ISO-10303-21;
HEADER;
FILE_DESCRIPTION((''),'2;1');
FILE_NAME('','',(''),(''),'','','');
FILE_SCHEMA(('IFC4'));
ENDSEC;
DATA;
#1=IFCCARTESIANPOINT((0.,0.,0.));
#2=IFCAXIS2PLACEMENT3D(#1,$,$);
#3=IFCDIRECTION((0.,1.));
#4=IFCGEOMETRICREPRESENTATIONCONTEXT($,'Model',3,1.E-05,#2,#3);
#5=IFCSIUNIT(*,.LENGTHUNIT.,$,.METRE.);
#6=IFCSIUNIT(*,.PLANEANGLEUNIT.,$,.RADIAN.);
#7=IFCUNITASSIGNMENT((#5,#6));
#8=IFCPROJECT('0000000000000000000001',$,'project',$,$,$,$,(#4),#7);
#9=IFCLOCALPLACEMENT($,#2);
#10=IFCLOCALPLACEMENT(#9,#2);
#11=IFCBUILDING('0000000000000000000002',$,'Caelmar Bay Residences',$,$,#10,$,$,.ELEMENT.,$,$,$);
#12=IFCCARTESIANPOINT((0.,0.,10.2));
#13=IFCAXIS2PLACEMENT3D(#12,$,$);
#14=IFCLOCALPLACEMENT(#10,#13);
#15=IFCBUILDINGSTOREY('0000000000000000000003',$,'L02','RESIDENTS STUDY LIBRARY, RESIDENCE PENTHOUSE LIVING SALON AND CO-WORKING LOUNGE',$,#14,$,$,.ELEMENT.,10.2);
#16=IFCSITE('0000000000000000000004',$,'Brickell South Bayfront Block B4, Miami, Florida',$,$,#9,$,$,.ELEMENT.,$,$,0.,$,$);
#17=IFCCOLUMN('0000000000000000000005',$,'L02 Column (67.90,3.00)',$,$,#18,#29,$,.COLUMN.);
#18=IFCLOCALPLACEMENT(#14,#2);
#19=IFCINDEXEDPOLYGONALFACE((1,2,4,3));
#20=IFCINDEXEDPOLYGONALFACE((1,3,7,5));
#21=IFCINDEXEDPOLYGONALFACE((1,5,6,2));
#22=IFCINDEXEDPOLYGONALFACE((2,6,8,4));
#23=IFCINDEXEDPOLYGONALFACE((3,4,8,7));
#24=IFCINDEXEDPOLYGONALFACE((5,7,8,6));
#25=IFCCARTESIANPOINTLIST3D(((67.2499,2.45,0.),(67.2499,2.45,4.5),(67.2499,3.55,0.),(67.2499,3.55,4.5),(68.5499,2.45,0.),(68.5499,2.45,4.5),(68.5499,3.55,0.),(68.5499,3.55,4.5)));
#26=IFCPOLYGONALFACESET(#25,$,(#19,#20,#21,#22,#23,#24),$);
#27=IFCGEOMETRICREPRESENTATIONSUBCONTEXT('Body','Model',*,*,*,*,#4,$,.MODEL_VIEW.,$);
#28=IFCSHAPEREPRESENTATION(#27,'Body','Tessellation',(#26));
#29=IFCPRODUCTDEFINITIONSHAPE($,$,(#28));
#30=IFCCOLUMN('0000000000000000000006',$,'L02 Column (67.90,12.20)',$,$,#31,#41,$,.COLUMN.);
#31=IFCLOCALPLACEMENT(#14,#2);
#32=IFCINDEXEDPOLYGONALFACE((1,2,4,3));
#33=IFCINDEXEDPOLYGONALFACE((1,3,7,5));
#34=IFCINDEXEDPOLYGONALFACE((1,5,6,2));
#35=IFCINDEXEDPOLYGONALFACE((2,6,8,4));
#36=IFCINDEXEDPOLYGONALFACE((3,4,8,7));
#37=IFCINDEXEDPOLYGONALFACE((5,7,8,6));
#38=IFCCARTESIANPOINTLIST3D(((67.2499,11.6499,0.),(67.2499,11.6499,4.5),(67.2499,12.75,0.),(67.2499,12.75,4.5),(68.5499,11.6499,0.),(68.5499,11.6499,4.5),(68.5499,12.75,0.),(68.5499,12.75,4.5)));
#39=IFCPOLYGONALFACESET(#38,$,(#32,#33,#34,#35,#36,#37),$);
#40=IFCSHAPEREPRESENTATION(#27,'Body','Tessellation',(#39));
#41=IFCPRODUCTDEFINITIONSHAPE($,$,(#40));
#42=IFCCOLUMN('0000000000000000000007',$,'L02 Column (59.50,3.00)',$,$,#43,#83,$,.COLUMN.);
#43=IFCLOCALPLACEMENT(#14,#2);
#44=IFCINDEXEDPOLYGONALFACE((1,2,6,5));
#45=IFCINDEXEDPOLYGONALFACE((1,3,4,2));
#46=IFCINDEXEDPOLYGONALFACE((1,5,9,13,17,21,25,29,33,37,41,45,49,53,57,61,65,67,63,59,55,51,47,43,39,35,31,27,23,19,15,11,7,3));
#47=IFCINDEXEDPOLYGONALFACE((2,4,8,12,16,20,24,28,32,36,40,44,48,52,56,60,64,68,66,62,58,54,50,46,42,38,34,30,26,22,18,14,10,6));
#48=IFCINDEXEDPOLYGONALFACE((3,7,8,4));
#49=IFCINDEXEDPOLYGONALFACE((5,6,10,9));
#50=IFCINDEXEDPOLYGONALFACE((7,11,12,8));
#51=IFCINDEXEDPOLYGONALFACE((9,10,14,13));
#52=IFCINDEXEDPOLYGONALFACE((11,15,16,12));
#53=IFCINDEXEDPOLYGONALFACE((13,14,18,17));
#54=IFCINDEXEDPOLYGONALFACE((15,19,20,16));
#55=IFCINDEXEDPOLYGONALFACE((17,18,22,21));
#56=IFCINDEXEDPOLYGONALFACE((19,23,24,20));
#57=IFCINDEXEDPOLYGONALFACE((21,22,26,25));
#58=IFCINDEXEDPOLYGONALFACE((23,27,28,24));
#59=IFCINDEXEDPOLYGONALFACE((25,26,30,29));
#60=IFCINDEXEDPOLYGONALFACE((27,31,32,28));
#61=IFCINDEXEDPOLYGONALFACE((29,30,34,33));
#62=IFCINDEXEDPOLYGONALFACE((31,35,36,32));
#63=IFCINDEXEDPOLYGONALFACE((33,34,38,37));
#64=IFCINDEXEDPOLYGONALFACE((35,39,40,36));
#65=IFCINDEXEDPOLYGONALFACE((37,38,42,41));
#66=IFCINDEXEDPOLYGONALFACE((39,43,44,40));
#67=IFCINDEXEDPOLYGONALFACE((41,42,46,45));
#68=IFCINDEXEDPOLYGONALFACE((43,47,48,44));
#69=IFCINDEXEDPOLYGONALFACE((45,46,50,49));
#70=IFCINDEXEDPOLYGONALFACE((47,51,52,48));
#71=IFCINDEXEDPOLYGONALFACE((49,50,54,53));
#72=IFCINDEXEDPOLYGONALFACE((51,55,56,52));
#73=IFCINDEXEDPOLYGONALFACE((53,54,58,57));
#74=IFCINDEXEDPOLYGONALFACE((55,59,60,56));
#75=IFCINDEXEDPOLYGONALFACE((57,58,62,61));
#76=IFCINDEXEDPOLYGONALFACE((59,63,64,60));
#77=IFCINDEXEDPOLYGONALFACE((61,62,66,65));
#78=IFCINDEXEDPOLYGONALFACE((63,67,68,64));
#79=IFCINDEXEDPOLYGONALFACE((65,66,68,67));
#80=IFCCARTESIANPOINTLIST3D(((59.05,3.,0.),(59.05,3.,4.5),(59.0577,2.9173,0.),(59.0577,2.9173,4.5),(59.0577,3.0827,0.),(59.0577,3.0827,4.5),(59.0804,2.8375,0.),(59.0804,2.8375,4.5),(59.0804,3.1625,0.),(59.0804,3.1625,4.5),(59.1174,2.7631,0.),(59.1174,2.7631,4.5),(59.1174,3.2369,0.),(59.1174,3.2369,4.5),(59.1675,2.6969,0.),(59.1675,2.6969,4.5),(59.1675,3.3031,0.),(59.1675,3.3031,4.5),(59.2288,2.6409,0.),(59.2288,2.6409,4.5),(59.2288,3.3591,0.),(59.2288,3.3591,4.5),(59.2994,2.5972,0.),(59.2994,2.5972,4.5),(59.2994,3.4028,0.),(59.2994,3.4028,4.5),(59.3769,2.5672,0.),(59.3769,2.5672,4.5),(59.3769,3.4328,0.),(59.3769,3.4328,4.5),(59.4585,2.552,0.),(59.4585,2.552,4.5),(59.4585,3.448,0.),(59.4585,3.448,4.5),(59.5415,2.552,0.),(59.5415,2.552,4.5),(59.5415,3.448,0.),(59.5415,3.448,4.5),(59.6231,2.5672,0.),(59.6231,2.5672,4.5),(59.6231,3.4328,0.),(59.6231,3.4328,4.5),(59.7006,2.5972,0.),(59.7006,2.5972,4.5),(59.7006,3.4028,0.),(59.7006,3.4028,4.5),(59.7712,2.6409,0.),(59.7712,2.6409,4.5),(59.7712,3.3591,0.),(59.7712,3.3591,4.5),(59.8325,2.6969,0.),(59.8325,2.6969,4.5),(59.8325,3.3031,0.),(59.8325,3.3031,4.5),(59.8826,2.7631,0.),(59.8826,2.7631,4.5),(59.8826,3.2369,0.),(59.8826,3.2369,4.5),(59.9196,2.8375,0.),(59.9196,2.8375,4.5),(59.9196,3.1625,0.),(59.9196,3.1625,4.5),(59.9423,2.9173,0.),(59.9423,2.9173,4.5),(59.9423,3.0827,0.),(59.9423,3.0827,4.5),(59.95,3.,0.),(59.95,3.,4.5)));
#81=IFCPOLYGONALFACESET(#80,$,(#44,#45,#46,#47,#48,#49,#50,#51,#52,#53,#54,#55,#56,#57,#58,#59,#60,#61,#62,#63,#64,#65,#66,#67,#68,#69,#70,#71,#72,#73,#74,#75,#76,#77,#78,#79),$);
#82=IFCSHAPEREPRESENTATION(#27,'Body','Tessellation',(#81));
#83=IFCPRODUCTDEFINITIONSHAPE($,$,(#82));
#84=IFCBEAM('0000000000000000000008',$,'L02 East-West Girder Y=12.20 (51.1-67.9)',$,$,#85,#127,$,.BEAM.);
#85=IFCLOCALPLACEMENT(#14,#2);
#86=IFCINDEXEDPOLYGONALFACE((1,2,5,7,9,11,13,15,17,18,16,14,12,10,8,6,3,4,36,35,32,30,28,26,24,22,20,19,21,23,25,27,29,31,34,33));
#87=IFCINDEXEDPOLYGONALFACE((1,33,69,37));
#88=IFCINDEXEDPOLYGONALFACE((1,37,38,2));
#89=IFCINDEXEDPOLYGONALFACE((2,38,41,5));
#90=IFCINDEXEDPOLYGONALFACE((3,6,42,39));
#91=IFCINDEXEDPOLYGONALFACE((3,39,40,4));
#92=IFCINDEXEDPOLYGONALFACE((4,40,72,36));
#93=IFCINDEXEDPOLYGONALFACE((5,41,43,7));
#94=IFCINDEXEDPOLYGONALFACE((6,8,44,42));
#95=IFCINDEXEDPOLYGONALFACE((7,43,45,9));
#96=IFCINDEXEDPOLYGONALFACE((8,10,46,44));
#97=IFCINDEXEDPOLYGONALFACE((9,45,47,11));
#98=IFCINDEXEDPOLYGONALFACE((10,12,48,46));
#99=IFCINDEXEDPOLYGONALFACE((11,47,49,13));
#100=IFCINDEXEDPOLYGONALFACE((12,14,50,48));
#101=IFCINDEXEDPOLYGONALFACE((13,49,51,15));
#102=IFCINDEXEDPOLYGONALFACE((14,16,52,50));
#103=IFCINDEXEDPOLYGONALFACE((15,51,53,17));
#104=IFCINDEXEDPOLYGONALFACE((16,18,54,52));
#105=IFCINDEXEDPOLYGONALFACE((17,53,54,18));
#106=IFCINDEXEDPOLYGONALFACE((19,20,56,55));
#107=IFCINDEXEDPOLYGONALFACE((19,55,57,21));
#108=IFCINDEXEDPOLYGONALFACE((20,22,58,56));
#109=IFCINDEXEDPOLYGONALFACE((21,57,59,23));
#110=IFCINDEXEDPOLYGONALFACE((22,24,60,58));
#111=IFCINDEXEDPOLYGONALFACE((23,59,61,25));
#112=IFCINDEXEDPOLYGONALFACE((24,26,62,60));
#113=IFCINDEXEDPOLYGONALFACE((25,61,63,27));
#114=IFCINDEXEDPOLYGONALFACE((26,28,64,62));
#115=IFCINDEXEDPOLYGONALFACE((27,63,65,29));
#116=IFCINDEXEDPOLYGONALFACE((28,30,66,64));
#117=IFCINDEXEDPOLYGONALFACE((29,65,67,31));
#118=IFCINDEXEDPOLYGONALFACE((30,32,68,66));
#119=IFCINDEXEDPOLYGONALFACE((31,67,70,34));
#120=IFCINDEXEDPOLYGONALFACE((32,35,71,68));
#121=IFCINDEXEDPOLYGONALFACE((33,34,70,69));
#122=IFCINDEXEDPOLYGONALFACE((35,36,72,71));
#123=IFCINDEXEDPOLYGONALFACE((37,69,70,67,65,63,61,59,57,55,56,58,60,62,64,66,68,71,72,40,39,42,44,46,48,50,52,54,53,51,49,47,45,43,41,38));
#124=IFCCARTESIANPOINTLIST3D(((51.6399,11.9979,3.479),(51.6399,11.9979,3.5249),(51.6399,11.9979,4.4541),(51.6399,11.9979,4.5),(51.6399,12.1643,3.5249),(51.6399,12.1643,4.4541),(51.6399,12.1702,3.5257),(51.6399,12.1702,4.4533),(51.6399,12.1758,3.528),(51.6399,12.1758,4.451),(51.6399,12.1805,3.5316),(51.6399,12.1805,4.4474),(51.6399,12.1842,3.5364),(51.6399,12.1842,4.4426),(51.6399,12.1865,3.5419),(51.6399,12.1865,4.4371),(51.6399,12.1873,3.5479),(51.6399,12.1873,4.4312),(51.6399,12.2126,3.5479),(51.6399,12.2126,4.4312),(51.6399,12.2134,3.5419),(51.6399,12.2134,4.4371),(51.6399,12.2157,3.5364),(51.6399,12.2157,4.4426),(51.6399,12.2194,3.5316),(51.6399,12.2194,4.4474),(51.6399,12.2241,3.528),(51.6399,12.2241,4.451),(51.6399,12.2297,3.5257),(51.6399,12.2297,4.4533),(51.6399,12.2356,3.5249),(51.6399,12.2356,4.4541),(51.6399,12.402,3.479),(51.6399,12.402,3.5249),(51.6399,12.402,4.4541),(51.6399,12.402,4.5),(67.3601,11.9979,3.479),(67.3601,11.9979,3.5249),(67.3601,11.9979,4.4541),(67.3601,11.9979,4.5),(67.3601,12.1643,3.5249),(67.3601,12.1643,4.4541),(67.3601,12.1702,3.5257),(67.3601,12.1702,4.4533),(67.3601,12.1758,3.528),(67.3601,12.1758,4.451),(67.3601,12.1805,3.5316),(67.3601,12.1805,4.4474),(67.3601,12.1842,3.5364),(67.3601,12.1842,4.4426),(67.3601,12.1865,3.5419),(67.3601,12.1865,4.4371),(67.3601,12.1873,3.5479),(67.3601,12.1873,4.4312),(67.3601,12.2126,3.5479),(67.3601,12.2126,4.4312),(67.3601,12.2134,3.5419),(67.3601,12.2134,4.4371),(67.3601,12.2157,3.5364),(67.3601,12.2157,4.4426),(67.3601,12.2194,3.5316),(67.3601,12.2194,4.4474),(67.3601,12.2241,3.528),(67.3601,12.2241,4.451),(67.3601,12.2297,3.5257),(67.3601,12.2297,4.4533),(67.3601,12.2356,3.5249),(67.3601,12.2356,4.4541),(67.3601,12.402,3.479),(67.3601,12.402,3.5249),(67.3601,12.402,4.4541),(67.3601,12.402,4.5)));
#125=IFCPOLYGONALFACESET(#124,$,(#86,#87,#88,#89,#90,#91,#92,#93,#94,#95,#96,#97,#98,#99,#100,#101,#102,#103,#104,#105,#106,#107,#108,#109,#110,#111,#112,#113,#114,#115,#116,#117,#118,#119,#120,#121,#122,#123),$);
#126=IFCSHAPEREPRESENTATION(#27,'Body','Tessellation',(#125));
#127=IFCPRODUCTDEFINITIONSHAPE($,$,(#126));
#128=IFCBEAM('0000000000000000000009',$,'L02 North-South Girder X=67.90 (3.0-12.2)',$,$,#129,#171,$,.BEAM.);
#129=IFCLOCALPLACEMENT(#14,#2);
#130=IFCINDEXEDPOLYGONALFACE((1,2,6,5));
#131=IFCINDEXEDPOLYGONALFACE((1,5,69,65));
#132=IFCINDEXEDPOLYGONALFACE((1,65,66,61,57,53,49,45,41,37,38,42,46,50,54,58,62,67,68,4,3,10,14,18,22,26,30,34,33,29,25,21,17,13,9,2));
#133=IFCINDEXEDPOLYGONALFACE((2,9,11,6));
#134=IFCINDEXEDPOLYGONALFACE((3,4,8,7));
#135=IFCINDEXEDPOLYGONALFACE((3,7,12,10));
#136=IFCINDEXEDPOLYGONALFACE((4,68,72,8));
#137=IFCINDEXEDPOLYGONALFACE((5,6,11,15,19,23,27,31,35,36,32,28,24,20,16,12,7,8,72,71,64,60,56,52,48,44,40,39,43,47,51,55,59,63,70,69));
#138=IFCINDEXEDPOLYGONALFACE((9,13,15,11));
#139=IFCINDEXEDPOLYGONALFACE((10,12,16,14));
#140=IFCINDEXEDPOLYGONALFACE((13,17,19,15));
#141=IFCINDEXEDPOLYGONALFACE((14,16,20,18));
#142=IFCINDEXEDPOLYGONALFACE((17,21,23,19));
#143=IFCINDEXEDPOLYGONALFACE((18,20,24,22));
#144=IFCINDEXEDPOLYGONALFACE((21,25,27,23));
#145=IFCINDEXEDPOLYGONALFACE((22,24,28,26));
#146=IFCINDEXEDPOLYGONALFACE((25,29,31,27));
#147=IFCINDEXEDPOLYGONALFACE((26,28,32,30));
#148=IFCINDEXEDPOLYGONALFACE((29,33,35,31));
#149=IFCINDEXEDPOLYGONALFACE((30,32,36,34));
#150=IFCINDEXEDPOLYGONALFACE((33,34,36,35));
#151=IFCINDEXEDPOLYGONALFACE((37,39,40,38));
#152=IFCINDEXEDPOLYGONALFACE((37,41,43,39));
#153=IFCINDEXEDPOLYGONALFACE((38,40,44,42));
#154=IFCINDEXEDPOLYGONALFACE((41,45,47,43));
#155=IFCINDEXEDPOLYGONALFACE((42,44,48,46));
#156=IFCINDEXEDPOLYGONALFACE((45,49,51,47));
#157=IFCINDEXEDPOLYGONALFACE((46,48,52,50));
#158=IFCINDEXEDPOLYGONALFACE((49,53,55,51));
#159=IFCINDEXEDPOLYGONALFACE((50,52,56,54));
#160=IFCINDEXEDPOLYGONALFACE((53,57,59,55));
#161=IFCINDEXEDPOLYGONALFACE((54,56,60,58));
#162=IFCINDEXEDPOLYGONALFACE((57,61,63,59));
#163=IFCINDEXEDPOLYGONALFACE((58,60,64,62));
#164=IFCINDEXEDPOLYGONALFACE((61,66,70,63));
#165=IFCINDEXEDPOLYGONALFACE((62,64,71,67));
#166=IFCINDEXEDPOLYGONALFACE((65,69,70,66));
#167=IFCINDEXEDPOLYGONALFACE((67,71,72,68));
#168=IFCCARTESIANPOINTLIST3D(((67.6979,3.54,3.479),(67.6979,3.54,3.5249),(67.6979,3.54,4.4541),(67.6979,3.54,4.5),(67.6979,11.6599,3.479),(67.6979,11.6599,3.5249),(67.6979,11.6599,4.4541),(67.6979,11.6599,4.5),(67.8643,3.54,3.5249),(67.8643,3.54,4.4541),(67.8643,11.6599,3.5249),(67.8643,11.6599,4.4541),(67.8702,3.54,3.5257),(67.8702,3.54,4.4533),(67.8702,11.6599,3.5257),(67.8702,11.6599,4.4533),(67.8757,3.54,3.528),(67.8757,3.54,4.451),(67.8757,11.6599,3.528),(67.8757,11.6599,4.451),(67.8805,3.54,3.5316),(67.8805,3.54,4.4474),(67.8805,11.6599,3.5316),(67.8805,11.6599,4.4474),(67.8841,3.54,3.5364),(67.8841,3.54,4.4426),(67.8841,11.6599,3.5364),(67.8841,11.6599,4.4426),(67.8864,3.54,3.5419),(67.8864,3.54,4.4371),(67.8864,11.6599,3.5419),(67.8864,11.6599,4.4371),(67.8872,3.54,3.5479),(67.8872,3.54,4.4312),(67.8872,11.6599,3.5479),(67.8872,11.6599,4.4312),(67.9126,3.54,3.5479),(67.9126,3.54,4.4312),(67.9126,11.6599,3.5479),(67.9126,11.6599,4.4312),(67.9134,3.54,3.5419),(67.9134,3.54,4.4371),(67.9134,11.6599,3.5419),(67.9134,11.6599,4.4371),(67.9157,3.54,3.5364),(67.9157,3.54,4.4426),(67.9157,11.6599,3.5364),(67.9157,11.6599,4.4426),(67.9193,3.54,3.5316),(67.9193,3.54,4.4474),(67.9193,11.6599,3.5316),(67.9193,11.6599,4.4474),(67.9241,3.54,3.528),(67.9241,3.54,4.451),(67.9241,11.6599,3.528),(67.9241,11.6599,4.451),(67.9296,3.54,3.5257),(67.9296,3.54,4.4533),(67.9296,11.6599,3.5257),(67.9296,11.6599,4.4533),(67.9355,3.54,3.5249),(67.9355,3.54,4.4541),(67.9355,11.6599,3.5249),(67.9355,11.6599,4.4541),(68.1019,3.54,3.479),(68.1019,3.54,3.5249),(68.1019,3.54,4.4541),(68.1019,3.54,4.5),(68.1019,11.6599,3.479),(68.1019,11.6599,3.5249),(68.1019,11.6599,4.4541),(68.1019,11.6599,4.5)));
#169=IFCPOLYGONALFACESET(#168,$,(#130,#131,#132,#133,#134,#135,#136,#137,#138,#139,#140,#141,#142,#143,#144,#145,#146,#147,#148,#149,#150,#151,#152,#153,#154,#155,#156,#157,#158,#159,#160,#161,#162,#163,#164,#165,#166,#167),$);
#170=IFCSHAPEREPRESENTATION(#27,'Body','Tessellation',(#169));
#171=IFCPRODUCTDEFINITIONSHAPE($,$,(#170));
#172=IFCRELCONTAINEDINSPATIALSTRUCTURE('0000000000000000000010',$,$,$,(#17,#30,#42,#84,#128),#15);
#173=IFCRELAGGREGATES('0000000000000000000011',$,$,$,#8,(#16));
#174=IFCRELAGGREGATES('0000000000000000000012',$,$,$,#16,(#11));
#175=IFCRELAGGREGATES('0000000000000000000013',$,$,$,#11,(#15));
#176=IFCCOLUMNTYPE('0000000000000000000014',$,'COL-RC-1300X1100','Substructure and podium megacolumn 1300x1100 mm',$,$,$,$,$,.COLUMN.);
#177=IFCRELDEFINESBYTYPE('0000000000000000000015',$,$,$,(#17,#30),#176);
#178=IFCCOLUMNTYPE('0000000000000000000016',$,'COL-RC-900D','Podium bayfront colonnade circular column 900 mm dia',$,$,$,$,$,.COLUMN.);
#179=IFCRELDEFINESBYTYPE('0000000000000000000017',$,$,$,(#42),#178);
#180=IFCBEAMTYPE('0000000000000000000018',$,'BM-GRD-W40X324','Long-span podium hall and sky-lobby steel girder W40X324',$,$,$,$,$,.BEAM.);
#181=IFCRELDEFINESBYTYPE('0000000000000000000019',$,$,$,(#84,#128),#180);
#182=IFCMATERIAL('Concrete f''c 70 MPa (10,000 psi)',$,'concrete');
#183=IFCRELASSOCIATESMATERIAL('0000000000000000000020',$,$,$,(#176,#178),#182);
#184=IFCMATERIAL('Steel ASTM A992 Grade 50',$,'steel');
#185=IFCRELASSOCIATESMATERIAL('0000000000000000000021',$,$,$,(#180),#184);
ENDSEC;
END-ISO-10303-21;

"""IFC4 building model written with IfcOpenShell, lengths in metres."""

from ifc_helpers import new_model, si_unit, direction, frame, origin, origin_2d, place, context, subcontext, project, spatial, rectangle, circle, i_section, extrude, material, material_profile, profile_set, type_object, element, save


model = new_model("IFC4")

# Units and contexts
model_context = context("Model", 3, precision=1e-05, world=origin(), true_north=direction((0.0, 1.0)))
body_context = subcontext(model_context, "Body", "Model", "MODEL_VIEW")
ifc_project = project(units=[si_unit("LENGTHUNIT", "METRE"), si_unit("PLANEANGLEUNIT", "RADIAN")], contexts=[model_context])

# Site, building, storey
site_placement = place(None, origin())
site = spatial("IfcSite", under=ifc_project, at=site_placement, Name="Brickell South Bayfront Block B4, Miami, Florida", CompositionType="ELEMENT", RefElevation=0.0)
building_placement = place(site_placement, origin())
building = spatial("IfcBuilding", under=site, at=building_placement, Name="Caelmar Bay Residences", CompositionType="ELEMENT")
storey_placement = place(building_placement, frame((0.0, 0.0, 10.2)))
storey = spatial("IfcBuildingStorey", under=building, at=storey_placement, Name="L02", Description="RESIDENTS STUDY LIBRARY, RESIDENCE PENTHOUSE LIVING SALON AND CO-WORKING LOUNGE", CompositionType="ELEMENT", Elevation=10.2)

# Columns
ifc_material_1 = material(Name="Concrete f'c 70 MPa (10,000 psi)", Category="concrete")
ifc_material_profile_1 = material_profile(ifc_material_1, rectangle(XDim=1.3, YDim=1.1001, at=origin_2d()), Name="RC-COL-1300X1100")
ifc_profile_set_1 = profile_set([ifc_material_profile_1], Name="Concrete f'c 70 MPa (10,000 psi)")
column_type_1 = type_object("IfcColumnType", Name="COL-RC-1300X1100", Description="Substructure and podium megacolumn 1300x1100 mm", PredefinedType="COLUMN", material=ifc_profile_set_1)
for number, where, z_axis, x_axis, name in (
    (1, (67.8999, 3.0, 0.0), (0.0, 0.0, 1.0), (1.0, 0.0, 0.0), "L02 Column (67.90,3.00)"),
    (2, (67.8999, 12.2, 0.0), (0.0, 0.0, 1.0), (1.0, 0.0, 0.0), "L02 Column (67.90,12.20)"),
):
    element("IfcColumn", number, at=place(storey_placement, frame(where, z_axis=z_axis, x_axis=x_axis)), inside=storey, type_object=column_type_1, Name=name, PredefinedType="COLUMN", context=body_context, shape_type="SweptSolid", body=[
        extrude(rectangle(XDim=1.3, YDim=1.1001, at=origin_2d()), origin(), (0.0, 0.0, 1.0), 4.5),
    ])
ifc_material_profile_2 = material_profile(ifc_material_1, circle(Radius=0.45, at=origin_2d()), Name="RC-COL-900D")
ifc_profile_set_2 = profile_set([ifc_material_profile_2], Name="Concrete f'c 70 MPa (10,000 psi)")
column_type_2 = type_object("IfcColumnType", Name="COL-RC-900D", Description="Podium bayfront colonnade circular column 900 mm dia", PredefinedType="COLUMN", material=ifc_profile_set_2)
column_placement = place(storey_placement, frame((59.5, 3.0, 0.0), z_axis=(0.0, 0.0, 1.0), x_axis=(1.0, 0.0, 0.0)))
element("IfcColumn", 3, at=column_placement, inside=storey, type_object=column_type_2, Name="L02 Column (59.50,3.00)", PredefinedType="COLUMN", context=body_context, shape_type="SweptSolid", body=[
    extrude(circle(Radius=0.45, at=origin_2d()), origin(), (0.0, 0.0, 1.0), 4.5),
])

# Beams
ifc_material_2 = material(Name="Steel ASTM A992 Grade 50", Category="steel")
ifc_material_profile_3 = material_profile(ifc_material_2, i_section(OverallWidth=0.4041, OverallDepth=1.021, WebThickness=0.0254, FlangeThickness=0.0459, FilletRadius=0.0229, at=origin_2d()), Name="W40X324")
ifc_profile_set_3 = profile_set([ifc_material_profile_3], Name="Steel ASTM A992 Grade 50")
beam_type_1 = type_object("IfcBeamType", Name="BM-GRD-W40X324", Description="Long-span podium hall and sky-lobby steel girder W40X324", PredefinedType="BEAM", material=ifc_profile_set_3)
beam_1_placement = place(storey_placement, frame((51.6399, 12.2, 3.9895), z_axis=(1.0, 0.0, 0.0), x_axis=(0.0, 1.0, 0.0)))
element("IfcBeam", 4, at=beam_1_placement, inside=storey, type_object=beam_type_1, Name="L02 East-West Girder Y=12.20 (51.1-67.9)", PredefinedType="BEAM", context=body_context, shape_type="SweptSolid", body=[
    extrude(i_section(OverallWidth=0.4041, OverallDepth=1.021, WebThickness=0.0254, FlangeThickness=0.0459, FilletRadius=0.0229, at=origin_2d()), origin(), (0.0, 0.0, 1.0), 15.7202),
])
beam_2_placement = place(storey_placement, frame((67.8999, 3.54, 3.9895), z_axis=(0.0, 1.0, 0.0), x_axis=(-1.0, 0.0, 0.0)))
element("IfcBeam", 5, at=beam_2_placement, inside=storey, type_object=beam_type_1, Name="L02 North-South Girder X=67.90 (3.0-12.2)", PredefinedType="BEAM", context=body_context, shape_type="SweptSolid", body=[
    extrude(i_section(OverallWidth=0.4041, OverallDepth=1.021, WebThickness=0.0254, FlangeThickness=0.0459, FilletRadius=0.0229, at=origin_2d()), origin(), (0.0, 0.0, 1.0), 8.1199),
])

save(model, "model.ifc")
